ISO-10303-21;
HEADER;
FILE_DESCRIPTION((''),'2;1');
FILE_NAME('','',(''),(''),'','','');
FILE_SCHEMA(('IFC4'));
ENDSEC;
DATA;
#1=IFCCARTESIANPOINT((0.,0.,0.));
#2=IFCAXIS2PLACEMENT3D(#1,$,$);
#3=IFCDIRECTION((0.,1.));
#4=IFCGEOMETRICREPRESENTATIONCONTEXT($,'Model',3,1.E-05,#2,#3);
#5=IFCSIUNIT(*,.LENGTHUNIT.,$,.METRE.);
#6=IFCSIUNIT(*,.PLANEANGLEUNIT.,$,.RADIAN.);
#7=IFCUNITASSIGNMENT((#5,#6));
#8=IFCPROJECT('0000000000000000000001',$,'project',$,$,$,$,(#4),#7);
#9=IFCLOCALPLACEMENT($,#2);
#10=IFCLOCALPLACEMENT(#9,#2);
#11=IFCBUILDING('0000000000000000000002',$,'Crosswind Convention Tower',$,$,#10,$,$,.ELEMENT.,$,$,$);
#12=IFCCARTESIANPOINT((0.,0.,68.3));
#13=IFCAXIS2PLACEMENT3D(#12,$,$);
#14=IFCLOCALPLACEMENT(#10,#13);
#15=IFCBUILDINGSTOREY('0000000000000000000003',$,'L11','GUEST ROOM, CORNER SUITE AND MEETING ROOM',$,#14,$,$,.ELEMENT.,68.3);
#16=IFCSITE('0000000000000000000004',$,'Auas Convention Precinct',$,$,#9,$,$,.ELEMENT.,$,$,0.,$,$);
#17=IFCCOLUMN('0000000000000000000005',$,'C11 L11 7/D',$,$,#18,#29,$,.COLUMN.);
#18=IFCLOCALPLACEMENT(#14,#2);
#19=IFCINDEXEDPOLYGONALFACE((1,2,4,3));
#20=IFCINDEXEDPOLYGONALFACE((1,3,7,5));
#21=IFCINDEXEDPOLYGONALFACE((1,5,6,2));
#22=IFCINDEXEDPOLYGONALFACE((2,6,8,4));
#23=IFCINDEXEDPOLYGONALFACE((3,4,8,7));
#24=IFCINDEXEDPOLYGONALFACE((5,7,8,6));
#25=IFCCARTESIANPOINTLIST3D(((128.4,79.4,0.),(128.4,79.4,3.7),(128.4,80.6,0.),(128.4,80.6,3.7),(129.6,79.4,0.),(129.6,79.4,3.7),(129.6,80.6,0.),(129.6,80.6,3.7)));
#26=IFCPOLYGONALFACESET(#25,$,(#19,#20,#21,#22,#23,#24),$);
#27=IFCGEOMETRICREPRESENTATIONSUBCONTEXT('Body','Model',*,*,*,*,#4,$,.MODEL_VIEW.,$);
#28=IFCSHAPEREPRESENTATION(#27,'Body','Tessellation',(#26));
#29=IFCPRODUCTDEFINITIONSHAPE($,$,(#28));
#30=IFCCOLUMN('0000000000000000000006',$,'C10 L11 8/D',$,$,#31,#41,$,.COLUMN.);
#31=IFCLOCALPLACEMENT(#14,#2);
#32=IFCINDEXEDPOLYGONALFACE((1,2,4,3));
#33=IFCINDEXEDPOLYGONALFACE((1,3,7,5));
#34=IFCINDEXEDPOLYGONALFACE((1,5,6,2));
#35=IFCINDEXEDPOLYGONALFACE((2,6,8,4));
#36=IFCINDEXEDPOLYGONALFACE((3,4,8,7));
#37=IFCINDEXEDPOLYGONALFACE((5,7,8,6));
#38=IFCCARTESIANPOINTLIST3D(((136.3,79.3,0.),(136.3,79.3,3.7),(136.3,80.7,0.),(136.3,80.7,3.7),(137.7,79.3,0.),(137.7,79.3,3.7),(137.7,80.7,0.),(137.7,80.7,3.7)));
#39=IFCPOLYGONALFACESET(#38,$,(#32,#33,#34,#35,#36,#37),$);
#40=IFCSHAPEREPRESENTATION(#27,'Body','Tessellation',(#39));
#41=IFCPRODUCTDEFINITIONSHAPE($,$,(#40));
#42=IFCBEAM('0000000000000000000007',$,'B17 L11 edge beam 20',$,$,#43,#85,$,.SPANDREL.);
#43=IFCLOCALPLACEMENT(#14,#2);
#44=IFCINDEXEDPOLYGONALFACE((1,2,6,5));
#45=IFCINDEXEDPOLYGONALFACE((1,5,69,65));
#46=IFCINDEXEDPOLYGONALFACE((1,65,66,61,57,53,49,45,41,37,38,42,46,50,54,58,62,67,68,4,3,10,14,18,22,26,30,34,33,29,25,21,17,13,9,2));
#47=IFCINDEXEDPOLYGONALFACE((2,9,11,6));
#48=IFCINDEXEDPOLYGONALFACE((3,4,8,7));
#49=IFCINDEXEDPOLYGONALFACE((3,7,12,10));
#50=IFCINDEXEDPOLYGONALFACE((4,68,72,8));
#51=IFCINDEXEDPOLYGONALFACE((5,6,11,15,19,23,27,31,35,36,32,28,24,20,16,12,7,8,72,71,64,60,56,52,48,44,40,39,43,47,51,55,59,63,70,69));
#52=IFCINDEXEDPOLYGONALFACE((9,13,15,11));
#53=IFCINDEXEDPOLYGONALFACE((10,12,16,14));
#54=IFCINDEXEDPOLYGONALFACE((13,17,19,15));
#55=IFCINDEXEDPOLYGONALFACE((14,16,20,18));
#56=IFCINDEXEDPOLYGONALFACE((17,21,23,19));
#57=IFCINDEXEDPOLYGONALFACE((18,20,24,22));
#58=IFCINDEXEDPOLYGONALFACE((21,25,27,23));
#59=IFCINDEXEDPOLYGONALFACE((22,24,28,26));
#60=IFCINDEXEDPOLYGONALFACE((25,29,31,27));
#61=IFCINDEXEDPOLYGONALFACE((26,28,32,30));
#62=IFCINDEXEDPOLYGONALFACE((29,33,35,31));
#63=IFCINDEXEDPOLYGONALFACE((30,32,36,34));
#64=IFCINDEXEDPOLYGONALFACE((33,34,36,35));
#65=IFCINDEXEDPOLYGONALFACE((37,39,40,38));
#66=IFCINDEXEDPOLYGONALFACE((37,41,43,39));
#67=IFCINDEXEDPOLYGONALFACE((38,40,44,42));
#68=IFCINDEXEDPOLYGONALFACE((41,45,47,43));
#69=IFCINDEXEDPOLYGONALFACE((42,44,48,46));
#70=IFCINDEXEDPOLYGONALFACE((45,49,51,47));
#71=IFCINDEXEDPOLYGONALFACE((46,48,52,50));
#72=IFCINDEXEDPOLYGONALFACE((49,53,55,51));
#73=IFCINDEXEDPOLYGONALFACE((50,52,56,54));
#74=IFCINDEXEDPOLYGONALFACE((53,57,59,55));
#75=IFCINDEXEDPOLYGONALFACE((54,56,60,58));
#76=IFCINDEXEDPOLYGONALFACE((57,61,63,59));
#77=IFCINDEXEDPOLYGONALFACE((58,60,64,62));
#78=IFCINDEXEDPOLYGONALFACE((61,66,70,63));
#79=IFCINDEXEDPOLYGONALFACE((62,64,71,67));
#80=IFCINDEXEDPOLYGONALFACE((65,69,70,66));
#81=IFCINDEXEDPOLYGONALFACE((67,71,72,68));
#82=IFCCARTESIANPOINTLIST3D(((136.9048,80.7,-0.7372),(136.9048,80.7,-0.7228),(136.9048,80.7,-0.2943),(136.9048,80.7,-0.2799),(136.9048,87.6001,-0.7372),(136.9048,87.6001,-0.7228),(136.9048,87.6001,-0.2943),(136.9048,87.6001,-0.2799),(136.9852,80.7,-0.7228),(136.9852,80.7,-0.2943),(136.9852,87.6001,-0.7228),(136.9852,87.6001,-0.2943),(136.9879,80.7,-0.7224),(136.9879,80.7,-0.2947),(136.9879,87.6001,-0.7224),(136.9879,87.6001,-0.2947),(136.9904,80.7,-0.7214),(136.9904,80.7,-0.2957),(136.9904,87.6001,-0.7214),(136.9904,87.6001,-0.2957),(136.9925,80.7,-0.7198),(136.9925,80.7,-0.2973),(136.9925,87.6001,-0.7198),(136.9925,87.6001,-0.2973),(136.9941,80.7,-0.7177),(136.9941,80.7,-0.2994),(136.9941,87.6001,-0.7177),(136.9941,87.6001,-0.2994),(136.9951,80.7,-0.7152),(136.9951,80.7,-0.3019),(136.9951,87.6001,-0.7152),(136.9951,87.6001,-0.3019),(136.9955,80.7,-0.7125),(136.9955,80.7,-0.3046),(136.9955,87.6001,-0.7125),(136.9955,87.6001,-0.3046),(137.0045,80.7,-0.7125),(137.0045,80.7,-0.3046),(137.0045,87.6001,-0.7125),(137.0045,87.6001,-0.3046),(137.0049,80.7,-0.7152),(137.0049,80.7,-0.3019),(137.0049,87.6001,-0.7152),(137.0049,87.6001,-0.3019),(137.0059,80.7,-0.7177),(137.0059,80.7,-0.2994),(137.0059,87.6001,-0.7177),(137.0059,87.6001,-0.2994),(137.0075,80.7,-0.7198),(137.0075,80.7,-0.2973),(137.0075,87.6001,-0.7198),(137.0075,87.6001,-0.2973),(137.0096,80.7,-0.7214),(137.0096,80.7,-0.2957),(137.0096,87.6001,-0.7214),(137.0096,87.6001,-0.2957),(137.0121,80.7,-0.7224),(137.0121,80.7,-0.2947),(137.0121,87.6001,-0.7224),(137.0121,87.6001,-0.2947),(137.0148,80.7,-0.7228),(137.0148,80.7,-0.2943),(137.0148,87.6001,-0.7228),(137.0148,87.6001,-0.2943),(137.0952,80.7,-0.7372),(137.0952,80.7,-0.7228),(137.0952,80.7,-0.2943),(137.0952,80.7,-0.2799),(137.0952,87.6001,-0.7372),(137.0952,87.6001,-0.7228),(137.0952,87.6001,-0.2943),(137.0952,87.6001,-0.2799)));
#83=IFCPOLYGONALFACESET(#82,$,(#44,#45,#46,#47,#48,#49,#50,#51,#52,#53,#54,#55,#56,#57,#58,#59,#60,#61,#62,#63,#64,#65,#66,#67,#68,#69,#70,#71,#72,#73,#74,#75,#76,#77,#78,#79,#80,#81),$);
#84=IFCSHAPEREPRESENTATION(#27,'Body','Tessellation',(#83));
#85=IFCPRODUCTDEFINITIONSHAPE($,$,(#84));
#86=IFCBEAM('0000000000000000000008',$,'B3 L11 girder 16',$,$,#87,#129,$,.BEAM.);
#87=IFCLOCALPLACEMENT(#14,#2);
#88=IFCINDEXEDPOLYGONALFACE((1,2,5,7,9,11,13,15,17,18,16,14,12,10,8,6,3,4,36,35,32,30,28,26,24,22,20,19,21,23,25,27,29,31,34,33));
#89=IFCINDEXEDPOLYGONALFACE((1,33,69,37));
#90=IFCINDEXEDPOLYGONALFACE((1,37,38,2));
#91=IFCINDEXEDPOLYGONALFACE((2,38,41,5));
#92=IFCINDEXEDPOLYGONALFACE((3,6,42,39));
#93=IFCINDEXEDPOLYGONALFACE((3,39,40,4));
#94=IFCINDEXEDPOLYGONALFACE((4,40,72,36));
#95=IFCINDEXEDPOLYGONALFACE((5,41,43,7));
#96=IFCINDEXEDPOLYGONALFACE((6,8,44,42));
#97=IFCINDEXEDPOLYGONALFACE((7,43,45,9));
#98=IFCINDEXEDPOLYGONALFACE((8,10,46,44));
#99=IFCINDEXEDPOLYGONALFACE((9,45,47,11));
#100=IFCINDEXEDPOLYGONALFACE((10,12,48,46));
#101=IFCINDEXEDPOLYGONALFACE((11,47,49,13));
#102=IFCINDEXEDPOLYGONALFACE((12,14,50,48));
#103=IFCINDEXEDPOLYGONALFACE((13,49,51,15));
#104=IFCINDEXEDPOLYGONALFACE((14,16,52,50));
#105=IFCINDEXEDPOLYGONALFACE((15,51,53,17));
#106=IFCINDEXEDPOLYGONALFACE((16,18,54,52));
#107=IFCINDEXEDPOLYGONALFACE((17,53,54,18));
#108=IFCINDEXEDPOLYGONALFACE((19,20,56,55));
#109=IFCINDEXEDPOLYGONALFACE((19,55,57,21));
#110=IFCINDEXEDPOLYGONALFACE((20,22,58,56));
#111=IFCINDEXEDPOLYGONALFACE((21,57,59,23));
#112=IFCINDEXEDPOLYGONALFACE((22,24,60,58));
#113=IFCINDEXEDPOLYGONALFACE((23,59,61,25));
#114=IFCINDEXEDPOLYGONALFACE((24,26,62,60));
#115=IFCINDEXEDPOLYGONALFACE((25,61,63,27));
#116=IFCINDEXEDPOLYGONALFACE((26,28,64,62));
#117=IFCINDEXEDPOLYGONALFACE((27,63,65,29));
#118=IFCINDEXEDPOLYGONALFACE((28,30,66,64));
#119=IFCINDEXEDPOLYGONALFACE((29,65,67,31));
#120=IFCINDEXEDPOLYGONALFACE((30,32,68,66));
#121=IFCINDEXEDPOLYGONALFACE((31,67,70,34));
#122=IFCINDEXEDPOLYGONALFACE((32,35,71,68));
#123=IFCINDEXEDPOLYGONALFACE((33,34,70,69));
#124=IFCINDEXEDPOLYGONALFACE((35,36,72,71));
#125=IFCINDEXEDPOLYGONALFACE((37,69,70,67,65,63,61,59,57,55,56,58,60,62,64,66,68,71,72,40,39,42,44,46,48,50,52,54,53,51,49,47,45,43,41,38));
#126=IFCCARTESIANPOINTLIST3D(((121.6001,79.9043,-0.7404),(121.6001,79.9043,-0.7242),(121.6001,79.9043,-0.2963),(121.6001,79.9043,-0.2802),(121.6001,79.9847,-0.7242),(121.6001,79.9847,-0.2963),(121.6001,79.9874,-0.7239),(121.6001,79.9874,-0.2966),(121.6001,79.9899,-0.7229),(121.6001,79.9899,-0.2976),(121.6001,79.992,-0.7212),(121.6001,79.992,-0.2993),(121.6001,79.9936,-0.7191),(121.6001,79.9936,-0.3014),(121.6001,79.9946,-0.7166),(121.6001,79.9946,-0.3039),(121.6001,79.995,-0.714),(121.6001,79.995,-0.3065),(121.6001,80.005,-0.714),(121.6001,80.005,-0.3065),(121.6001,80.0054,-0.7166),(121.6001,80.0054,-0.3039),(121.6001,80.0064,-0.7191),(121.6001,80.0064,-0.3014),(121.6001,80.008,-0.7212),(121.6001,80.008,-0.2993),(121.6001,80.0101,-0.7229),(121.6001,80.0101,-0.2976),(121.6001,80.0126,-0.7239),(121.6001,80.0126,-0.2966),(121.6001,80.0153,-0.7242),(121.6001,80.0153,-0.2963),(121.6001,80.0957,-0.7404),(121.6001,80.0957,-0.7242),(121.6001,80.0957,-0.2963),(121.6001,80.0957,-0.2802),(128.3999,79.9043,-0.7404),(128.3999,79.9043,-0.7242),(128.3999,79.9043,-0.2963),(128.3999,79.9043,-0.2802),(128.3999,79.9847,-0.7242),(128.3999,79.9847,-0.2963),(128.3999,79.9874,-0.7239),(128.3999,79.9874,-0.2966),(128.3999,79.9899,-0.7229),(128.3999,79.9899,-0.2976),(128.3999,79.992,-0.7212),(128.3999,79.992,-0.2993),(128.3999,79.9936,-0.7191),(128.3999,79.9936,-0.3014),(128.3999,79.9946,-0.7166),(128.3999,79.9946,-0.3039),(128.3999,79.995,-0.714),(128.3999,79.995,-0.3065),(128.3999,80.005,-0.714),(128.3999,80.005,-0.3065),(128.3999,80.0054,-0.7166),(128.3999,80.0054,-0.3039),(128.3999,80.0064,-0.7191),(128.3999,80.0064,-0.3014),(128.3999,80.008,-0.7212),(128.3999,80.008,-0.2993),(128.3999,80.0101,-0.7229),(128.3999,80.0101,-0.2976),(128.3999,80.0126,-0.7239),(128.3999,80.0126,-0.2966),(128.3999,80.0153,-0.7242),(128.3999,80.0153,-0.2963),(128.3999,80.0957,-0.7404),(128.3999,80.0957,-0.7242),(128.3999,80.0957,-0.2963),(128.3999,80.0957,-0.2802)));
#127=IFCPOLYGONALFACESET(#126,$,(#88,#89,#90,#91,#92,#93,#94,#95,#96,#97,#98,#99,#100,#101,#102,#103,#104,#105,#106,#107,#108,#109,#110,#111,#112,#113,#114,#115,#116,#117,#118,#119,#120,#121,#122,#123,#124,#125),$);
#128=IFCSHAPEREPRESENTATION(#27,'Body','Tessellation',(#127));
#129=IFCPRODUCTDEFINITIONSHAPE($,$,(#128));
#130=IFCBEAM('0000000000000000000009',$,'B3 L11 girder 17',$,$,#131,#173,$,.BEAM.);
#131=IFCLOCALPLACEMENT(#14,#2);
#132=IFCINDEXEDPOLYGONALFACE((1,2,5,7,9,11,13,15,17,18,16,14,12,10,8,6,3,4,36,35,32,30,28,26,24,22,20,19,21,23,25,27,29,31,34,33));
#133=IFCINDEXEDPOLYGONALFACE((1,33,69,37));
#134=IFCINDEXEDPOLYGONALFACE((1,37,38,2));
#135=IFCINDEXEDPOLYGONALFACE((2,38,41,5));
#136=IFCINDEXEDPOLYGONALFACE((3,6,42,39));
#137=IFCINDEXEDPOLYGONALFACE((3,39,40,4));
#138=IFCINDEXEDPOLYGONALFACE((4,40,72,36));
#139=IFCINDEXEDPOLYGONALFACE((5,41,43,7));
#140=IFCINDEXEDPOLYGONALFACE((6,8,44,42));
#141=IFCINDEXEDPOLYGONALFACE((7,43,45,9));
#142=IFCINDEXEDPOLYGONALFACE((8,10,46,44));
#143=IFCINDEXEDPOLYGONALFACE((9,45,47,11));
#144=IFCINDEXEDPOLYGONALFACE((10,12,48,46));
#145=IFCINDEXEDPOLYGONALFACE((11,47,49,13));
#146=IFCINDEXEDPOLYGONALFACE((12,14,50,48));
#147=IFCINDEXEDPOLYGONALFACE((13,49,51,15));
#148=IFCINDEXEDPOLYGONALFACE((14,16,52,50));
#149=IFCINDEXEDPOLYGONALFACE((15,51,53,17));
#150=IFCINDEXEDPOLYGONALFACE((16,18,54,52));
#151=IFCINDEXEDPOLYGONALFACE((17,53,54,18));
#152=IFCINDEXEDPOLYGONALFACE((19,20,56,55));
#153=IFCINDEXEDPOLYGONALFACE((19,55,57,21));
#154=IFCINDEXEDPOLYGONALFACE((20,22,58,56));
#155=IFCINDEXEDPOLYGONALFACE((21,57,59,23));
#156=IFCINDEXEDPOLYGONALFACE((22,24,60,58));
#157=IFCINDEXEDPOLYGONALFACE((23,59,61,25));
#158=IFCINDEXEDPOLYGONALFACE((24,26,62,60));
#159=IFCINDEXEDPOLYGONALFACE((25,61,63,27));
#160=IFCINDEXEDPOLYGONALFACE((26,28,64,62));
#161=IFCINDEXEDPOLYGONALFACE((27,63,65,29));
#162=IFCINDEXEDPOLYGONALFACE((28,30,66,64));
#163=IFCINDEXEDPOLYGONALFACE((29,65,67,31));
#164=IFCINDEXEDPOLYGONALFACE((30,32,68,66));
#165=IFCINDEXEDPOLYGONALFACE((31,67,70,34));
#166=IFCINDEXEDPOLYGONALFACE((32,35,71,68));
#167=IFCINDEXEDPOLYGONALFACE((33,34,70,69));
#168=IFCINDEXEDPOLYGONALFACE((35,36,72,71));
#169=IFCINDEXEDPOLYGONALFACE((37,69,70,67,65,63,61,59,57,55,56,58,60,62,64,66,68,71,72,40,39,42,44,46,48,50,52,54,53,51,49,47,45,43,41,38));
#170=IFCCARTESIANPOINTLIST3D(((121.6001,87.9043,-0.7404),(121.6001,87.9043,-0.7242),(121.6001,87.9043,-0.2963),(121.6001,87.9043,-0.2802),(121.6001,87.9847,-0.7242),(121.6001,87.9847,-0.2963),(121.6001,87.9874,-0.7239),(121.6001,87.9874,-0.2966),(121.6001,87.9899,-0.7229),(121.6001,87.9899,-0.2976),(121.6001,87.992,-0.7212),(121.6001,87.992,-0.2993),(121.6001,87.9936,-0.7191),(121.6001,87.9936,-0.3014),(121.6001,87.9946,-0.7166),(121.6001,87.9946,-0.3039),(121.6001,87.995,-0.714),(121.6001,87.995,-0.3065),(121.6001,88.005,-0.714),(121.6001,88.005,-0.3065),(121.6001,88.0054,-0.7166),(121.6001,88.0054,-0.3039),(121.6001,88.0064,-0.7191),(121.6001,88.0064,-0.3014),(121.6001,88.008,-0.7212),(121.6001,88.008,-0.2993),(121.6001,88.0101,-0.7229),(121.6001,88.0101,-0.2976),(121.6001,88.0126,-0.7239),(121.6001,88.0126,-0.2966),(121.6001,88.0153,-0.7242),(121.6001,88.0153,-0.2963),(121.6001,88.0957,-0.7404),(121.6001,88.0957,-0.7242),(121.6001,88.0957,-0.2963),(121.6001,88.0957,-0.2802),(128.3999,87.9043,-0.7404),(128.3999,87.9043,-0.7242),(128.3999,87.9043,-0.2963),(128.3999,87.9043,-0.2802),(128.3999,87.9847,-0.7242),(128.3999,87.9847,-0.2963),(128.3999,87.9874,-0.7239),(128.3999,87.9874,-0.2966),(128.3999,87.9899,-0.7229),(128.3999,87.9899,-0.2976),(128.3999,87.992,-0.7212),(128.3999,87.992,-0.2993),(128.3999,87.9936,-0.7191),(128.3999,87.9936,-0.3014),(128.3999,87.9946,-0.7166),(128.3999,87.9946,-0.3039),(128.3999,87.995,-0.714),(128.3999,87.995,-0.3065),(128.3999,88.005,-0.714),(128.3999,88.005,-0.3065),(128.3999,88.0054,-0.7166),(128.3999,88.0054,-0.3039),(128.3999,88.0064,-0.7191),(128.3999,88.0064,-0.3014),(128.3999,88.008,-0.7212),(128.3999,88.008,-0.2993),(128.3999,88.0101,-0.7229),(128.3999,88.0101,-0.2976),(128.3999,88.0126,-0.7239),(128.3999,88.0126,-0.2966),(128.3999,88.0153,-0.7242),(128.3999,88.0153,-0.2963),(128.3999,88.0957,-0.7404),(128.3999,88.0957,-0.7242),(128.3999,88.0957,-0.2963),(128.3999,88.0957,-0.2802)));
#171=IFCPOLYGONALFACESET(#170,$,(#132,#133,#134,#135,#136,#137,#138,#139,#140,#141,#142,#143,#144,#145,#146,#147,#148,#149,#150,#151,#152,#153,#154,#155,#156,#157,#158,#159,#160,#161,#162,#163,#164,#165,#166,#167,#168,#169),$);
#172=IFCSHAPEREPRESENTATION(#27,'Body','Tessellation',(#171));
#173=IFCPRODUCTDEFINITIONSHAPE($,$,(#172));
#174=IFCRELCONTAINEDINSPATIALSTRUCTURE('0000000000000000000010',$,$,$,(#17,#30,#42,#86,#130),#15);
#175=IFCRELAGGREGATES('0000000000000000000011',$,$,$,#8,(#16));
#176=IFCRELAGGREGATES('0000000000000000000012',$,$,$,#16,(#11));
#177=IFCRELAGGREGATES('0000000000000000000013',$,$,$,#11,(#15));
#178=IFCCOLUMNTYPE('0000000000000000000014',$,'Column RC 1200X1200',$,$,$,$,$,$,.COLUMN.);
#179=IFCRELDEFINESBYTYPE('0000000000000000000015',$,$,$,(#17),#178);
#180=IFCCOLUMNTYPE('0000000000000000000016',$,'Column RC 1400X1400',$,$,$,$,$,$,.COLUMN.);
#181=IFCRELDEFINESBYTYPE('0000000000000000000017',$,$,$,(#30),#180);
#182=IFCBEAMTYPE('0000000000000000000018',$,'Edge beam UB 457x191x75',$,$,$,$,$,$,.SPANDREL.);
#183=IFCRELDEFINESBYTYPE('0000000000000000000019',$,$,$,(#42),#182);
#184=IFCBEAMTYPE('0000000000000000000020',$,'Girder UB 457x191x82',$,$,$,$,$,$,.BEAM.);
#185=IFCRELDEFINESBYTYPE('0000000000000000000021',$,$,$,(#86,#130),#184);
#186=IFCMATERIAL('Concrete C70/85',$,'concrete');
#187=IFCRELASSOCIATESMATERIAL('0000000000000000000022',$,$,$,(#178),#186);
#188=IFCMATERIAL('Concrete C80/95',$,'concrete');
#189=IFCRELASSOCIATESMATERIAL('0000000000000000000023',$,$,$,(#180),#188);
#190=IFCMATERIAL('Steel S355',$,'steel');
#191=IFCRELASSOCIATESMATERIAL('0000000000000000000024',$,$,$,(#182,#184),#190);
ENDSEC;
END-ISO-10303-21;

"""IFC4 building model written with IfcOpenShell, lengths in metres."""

from ifc_helpers import new_model, si_unit, direction, frame, origin, origin_2d, place, context, subcontext, project, spatial, rectangle, i_section, extrude, material, material_profile, profile_set, type_object, element, save


model = new_model("IFC4")

# Units and contexts
model_context = context("Model", 3, precision=1e-05, world=origin(), true_north=direction((0.0, 1.0)))
body_context = subcontext(model_context, "Body", "Model", "MODEL_VIEW")
ifc_project = project(units=[si_unit("LENGTHUNIT", "METRE"), si_unit("PLANEANGLEUNIT", "RADIAN")], contexts=[model_context])

# Site, building, storey
site_placement = place(None, origin())
site = spatial("IfcSite", under=ifc_project, at=site_placement, Name="Auas Convention Precinct", CompositionType="ELEMENT", RefElevation=0.0)
building_placement = place(site_placement, origin())
building = spatial("IfcBuilding", under=site, at=building_placement, Name="Crosswind Convention Tower", CompositionType="ELEMENT")
storey_placement = place(building_placement, frame((0.0, 0.0, 68.3)))
storey = spatial("IfcBuildingStorey", under=building, at=storey_placement, Name="L11", Description="GUEST ROOM, CORNER SUITE AND MEETING ROOM", CompositionType="ELEMENT", Elevation=68.3)

# Columns
ifc_material_1 = material(Name="Concrete C70/85", Category="concrete")
ifc_material_profile_1 = material_profile(ifc_material_1, rectangle(XDim=1.2, YDim=1.2, at=origin_2d()), Name="RC 1200X1200")
ifc_profile_set_1 = profile_set([ifc_material_profile_1], Name="Concrete C70/85")
column_type_1 = type_object("IfcColumnType", Name="Column RC 1200X1200", PredefinedType="COLUMN", material=ifc_profile_set_1)
column_1_placement = place(storey_placement, frame((129.0, 80.0, 0.0), z_axis=(0.0, 0.0, 1.0), x_axis=(1.0, 0.0, 0.0)))
element("IfcColumn", 1, at=column_1_placement, inside=storey, type_object=column_type_1, Name="C11 L11 7/D", PredefinedType="COLUMN", context=body_context, shape_type="SweptSolid", body=[
    extrude(rectangle(XDim=1.2, YDim=1.2, at=origin_2d()), origin(), (0.0, 0.0, 1.0), 3.7),
])
ifc_material_2 = material(Name="Concrete C80/95", Category="concrete")
ifc_material_profile_2 = material_profile(ifc_material_2, rectangle(XDim=1.3999, YDim=1.3999, at=origin_2d()), Name="RC 1400X1400")
ifc_profile_set_2 = profile_set([ifc_material_profile_2], Name="Concrete C80/95")
column_type_2 = type_object("IfcColumnType", Name="Column RC 1400X1400", PredefinedType="COLUMN", material=ifc_profile_set_2)
column_2_placement = place(storey_placement, frame((137.0, 80.0, 0.0), z_axis=(0.0, 0.0, 1.0), x_axis=(1.0, 0.0, 0.0)))
element("IfcColumn", 2, at=column_2_placement, inside=storey, type_object=column_type_2, Name="C10 L11 8/D", PredefinedType="COLUMN", context=body_context, shape_type="SweptSolid", body=[
    extrude(rectangle(XDim=1.3999, YDim=1.3999, at=origin_2d()), origin(), (0.0, 0.0, 1.0), 3.7),
])

# Beams
ifc_material_3 = material(Name="Steel S355", Category="steel")
ifc_material_profile_3 = material_profile(ifc_material_3, i_section(OverallWidth=0.1904, OverallDepth=0.4573, WebThickness=0.009, FlangeThickness=0.0144, FilletRadius=0.0103, at=origin_2d()), Name="UB 457x191x75")
ifc_profile_set_3 = profile_set([ifc_material_profile_3], Name="Steel S355")
beam_type_1 = type_object("IfcBeamType", Name="Edge beam UB 457x191x75", PredefinedType="SPANDREL", material=ifc_profile_set_3)
beam_1_placement = place(storey_placement, frame((137.0, 80.7, -0.5085), z_axis=(0.0, 1.0, 0.0), x_axis=(-1.0, 0.0, 0.0)))
element("IfcBeam", 3, at=beam_1_placement, inside=storey, type_object=beam_type_1, Name="B17 L11 edge beam 20", PredefinedType="SPANDREL", context=body_context, shape_type="SweptSolid", body=[
    extrude(i_section(OverallWidth=0.1904, OverallDepth=0.4573, WebThickness=0.009, FlangeThickness=0.0144, FilletRadius=0.0103, at=origin_2d()), origin(), (0.0, 0.0, 1.0), 6.9001),
])
ifc_material_profile_4 = material_profile(ifc_material_3, i_section(OverallWidth=0.1914, OverallDepth=0.4602, WebThickness=0.01, FlangeThickness=0.0161, FilletRadius=0.0103, at=origin_2d()), Name="UB 457x191x82")
ifc_profile_set_4 = profile_set([ifc_material_profile_4], Name="Steel S355")
beam_type_2 = type_object("IfcBeamType", Name="Girder UB 457x191x82", PredefinedType="BEAM", material=ifc_profile_set_4)
for number, where, z_axis, x_axis, name in (
    (4, (121.6001, 80.0, -0.5103), (1.0, 0.0, 0.0), (0.0, 1.0, 0.0), "B3 L11 girder 16"),
    (5, (121.6001, 88.0, -0.5103), (1.0, 0.0, 0.0), (0.0, 1.0, 0.0), "B3 L11 girder 17"),
):
    element("IfcBeam", number, at=place(storey_placement, frame(where, z_axis=z_axis, x_axis=x_axis)), inside=storey, type_object=beam_type_2, Name=name, PredefinedType="BEAM", context=body_context, shape_type="SweptSolid", body=[
        extrude(i_section(OverallWidth=0.1914, OverallDepth=0.4602, WebThickness=0.01, FlangeThickness=0.0161, FilletRadius=0.0103, at=origin_2d()), origin(), (0.0, 0.0, 1.0), 6.7998),
    ])

save(model, "model.ifc")
